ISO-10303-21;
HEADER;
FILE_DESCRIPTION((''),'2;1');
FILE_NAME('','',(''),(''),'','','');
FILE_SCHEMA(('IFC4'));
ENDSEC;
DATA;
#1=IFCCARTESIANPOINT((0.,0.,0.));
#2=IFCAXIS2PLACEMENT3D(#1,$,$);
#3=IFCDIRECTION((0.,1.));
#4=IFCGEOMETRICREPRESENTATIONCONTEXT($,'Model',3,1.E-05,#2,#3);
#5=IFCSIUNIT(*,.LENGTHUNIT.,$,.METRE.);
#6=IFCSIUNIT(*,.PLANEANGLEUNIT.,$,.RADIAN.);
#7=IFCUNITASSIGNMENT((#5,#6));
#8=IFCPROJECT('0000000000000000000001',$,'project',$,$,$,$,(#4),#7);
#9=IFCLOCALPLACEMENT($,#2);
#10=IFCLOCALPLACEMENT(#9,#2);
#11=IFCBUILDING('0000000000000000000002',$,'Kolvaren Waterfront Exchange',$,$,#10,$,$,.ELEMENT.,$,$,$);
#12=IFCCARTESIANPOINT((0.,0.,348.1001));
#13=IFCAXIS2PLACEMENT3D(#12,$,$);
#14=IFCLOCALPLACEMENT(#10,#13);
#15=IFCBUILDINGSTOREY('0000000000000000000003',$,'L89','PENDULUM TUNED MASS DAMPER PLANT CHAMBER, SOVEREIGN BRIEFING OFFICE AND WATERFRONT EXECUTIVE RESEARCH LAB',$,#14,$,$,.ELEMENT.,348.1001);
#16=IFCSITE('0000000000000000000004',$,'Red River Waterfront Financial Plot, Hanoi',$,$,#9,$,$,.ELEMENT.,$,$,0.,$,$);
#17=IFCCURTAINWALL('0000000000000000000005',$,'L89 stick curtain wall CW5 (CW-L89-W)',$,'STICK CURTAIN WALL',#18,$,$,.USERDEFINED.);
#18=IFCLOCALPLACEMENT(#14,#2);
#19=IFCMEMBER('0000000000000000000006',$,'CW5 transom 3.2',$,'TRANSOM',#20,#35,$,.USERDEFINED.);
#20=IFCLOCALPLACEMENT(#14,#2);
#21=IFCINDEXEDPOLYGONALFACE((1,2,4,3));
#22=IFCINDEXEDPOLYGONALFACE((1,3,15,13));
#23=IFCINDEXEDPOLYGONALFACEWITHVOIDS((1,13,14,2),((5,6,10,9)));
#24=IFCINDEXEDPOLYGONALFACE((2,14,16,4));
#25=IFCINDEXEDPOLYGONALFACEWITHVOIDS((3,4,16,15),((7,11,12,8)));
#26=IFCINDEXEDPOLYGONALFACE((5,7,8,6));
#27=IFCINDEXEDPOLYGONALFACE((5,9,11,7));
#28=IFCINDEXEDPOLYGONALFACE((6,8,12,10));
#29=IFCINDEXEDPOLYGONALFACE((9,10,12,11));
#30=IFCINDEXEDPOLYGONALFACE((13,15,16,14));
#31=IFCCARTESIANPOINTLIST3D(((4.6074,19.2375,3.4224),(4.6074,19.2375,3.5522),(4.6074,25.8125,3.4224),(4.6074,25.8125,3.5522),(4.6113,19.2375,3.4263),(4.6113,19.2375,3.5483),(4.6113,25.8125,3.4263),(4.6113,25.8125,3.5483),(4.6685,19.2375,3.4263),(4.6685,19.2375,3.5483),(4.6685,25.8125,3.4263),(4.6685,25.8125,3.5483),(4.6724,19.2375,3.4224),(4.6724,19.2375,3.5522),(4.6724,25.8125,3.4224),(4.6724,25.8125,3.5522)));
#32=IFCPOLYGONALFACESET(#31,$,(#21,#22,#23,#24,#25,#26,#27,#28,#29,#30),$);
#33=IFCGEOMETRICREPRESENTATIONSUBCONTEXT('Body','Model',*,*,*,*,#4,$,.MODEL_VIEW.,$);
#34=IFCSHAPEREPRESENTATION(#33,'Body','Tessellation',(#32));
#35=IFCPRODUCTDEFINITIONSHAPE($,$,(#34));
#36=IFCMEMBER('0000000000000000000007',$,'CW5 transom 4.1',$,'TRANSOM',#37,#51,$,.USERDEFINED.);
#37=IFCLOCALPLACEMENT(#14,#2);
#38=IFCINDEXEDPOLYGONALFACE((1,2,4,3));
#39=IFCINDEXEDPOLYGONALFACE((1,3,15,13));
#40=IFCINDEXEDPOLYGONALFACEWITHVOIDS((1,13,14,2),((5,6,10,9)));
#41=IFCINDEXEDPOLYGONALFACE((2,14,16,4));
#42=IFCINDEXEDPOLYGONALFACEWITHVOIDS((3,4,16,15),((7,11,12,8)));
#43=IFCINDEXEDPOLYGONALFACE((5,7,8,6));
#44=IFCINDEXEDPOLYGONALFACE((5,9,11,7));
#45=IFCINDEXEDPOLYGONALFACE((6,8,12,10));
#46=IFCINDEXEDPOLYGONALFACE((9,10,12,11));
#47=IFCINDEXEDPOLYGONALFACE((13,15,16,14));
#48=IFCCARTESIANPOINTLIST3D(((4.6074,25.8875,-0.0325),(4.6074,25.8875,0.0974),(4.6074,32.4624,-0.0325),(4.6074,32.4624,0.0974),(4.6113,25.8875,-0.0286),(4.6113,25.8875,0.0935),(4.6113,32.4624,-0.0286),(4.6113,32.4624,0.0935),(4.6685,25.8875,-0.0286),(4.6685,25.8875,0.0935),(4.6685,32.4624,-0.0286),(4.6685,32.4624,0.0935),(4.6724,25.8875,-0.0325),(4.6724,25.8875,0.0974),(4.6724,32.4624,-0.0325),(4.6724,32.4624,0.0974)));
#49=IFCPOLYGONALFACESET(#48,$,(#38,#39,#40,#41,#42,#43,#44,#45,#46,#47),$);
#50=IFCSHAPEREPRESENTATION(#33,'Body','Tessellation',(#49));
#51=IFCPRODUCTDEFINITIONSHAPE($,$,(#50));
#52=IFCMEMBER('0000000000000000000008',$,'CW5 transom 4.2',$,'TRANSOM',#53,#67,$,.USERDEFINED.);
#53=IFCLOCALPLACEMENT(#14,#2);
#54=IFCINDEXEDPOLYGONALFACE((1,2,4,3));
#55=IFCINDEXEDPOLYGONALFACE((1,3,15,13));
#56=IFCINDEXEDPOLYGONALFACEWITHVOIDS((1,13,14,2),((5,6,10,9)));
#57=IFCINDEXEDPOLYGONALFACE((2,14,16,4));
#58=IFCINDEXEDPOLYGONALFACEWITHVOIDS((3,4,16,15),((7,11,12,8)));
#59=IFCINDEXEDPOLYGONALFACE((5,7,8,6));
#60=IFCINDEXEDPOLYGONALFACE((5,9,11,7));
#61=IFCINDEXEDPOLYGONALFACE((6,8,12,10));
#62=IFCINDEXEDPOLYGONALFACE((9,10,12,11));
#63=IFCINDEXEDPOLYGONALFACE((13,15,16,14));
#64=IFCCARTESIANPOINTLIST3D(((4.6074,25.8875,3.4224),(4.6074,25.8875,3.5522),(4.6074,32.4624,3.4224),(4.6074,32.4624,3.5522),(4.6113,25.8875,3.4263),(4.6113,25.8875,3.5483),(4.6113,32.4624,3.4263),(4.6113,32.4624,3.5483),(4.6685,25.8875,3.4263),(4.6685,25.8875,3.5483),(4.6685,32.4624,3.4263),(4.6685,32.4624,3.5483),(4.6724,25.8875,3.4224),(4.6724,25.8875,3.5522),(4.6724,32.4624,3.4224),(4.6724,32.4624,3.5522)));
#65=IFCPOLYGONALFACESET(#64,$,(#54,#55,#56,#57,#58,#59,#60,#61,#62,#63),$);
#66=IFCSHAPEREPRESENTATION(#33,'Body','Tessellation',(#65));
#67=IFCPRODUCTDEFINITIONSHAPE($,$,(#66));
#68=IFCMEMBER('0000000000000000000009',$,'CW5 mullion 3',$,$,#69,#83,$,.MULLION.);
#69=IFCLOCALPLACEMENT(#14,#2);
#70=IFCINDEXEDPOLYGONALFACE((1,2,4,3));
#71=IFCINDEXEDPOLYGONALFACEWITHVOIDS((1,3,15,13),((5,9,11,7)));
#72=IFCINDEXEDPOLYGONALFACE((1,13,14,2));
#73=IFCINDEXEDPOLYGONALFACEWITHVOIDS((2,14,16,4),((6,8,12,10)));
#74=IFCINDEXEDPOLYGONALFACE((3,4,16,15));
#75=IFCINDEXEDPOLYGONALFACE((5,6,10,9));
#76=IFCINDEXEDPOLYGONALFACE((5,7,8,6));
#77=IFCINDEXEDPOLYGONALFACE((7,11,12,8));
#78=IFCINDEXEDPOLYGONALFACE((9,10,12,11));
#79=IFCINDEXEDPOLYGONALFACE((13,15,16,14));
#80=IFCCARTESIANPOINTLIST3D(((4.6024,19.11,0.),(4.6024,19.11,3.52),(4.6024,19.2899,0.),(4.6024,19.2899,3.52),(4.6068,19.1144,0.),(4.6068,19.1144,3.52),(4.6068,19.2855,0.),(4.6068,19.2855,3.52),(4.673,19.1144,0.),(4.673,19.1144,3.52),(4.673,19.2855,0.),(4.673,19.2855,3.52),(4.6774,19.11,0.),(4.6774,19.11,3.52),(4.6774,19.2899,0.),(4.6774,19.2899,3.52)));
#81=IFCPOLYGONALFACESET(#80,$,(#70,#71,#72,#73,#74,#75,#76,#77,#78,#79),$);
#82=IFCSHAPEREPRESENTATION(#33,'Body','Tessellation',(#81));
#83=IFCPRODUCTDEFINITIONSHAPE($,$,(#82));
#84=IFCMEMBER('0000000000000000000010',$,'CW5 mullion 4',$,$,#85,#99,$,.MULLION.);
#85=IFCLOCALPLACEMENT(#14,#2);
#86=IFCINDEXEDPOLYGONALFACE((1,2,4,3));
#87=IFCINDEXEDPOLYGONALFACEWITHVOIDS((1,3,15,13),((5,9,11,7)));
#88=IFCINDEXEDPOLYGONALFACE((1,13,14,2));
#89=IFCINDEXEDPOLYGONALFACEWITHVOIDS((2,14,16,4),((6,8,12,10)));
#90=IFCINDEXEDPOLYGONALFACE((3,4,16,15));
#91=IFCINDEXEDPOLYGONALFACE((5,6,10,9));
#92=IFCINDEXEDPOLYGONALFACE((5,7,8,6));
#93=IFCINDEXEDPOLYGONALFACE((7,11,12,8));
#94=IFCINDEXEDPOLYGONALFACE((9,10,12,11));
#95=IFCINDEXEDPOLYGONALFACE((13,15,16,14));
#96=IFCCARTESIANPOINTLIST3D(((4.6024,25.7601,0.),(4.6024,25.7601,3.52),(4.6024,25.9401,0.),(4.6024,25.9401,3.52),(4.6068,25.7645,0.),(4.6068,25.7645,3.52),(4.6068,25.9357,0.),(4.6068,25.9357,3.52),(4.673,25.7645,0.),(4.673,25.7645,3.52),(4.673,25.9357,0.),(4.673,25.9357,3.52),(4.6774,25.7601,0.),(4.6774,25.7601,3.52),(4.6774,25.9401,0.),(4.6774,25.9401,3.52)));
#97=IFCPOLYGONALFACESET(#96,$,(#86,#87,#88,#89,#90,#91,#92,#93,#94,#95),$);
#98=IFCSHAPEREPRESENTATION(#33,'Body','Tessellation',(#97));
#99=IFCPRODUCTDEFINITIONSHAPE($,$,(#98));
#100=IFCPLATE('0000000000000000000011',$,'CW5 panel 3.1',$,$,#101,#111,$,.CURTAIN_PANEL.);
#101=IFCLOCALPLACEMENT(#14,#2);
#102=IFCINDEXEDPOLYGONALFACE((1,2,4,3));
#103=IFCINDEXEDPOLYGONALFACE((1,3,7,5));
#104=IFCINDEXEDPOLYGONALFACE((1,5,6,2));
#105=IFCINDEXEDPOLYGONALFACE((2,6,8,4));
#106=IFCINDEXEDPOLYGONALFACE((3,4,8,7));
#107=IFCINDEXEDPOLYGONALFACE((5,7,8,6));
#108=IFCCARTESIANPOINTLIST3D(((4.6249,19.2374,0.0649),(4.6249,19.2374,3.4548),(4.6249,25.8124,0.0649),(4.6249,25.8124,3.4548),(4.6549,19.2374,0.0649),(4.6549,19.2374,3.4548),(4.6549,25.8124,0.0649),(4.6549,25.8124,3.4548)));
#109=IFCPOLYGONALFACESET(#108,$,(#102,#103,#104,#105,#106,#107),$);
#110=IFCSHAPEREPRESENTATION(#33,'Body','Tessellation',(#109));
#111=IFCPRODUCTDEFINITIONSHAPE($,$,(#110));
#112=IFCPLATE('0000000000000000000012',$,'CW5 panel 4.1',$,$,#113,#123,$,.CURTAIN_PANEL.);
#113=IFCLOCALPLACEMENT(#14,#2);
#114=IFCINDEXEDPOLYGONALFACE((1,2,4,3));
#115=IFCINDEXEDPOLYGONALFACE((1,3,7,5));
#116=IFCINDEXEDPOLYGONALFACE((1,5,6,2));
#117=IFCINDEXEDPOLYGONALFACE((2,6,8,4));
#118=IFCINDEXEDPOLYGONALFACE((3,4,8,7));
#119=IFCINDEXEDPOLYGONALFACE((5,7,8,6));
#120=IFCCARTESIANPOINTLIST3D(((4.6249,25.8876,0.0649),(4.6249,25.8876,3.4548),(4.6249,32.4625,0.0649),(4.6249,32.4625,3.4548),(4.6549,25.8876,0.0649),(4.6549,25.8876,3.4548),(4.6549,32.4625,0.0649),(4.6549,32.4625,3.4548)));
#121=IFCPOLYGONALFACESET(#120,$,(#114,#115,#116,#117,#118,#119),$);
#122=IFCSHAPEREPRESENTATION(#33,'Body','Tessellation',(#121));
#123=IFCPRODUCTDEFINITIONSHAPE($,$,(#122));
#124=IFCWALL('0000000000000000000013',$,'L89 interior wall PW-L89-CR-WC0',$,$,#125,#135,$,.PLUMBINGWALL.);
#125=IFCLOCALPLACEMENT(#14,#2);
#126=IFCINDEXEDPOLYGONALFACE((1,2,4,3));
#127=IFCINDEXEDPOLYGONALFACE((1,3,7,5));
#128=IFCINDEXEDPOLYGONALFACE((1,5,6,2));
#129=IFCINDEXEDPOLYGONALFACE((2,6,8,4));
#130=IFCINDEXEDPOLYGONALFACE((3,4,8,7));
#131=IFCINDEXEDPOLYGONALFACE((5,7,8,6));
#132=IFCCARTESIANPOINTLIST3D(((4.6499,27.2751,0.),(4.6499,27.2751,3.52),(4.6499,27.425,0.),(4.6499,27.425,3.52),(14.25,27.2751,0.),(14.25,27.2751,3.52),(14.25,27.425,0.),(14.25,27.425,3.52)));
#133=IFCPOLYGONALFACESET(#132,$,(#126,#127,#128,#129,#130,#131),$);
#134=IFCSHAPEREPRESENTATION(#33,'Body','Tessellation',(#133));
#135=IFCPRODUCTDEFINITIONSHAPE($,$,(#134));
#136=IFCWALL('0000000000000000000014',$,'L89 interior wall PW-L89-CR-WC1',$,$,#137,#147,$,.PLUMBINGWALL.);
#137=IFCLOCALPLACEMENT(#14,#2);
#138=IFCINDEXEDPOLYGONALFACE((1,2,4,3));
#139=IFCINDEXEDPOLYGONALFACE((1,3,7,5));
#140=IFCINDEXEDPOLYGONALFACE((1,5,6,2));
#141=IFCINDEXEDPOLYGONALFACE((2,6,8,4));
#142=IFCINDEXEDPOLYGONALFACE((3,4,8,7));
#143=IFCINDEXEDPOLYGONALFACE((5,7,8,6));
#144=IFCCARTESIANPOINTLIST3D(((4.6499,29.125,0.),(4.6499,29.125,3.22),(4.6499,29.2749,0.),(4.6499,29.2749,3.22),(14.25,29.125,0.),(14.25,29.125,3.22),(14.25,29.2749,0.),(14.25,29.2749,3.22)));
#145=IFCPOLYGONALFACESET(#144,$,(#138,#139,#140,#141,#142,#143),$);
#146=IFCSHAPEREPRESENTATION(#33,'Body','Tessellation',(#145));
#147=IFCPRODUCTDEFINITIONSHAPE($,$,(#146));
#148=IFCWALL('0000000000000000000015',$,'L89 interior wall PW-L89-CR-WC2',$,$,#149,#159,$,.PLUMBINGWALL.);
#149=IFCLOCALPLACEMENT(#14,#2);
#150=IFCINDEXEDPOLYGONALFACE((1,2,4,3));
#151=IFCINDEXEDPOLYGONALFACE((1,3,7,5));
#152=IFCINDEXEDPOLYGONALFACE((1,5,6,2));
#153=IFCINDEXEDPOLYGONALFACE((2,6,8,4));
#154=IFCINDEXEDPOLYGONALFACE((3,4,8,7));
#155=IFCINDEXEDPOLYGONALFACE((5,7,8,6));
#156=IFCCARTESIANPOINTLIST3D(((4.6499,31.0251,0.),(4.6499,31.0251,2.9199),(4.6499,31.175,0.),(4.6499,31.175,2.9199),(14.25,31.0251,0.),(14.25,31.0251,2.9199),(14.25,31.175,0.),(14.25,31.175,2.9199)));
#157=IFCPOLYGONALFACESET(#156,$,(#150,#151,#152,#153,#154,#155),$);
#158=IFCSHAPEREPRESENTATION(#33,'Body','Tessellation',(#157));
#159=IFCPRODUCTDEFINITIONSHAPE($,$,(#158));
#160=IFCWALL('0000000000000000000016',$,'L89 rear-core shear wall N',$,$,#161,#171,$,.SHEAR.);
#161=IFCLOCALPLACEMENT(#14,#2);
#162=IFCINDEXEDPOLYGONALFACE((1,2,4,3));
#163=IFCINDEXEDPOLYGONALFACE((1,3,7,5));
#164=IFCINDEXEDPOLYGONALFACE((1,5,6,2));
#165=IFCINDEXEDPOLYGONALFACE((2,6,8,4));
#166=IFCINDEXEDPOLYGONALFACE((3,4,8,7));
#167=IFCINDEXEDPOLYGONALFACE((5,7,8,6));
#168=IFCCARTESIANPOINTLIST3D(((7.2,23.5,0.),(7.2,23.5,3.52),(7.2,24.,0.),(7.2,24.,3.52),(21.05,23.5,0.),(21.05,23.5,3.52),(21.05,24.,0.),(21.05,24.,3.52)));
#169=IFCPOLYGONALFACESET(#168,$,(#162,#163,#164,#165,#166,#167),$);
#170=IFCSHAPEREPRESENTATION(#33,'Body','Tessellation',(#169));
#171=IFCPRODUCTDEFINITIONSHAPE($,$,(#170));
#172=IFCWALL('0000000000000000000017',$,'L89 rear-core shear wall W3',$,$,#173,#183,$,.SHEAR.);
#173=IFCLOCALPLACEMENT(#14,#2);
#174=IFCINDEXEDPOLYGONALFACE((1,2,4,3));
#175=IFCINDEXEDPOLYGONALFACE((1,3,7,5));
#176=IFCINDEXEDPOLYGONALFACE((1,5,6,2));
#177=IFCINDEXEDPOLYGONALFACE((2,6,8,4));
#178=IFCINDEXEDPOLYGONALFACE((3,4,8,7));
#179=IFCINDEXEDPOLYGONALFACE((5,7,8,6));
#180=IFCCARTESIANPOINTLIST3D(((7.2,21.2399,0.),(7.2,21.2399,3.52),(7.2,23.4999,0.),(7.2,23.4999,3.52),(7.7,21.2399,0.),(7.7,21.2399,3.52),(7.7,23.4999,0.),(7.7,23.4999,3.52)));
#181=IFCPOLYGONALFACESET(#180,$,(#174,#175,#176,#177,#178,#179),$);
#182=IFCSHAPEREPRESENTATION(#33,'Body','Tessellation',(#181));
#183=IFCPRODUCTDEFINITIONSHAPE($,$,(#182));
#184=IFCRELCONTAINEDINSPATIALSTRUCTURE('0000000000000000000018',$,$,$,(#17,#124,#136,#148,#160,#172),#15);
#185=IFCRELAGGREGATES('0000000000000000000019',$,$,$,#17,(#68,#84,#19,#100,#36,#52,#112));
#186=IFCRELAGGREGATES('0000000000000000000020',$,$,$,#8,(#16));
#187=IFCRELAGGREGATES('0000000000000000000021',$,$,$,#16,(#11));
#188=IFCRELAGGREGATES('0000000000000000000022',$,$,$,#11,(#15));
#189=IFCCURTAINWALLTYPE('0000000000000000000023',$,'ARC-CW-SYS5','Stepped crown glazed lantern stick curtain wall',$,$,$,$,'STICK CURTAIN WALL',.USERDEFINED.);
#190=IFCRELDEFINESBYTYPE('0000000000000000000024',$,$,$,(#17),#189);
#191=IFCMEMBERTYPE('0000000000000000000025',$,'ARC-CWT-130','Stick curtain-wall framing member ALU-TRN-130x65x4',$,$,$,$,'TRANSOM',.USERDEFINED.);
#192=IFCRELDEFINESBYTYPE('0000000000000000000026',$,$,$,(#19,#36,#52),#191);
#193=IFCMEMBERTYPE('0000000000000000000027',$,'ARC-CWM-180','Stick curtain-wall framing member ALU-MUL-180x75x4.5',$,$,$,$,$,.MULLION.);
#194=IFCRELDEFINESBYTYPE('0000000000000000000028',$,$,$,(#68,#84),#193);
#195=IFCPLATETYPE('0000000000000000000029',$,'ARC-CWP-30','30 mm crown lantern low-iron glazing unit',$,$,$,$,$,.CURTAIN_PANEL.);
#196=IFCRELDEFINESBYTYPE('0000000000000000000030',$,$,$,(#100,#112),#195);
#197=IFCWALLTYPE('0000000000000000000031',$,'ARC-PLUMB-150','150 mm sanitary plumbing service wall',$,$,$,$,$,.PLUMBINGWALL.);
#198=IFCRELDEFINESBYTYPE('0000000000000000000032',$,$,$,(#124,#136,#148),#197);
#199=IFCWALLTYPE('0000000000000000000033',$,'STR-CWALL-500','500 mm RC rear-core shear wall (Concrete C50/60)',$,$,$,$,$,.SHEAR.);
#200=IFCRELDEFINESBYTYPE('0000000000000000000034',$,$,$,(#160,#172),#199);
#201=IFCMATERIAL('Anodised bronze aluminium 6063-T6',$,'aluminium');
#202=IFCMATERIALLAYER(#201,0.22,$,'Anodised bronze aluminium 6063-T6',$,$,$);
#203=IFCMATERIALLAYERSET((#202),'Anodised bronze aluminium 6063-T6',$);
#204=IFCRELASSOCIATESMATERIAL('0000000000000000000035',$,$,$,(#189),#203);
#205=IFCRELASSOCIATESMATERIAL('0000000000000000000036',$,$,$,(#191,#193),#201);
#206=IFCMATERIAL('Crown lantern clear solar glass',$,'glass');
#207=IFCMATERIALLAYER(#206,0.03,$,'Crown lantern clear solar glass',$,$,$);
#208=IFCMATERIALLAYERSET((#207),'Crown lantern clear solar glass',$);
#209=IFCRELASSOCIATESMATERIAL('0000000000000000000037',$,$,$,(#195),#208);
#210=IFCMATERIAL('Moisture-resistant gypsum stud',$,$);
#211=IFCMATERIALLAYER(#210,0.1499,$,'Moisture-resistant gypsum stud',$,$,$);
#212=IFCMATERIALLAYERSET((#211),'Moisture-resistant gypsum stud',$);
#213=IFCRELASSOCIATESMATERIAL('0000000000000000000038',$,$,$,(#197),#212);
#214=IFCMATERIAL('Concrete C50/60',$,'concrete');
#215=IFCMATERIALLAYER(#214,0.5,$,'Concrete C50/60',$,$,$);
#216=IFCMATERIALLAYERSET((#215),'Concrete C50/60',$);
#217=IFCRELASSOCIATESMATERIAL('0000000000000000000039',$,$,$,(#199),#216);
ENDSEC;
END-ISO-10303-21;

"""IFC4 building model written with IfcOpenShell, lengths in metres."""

from ifc_helpers import new_model, si_unit, direction, frame, frame_2d, origin, origin_with_axes, origin_2d, place, context, subcontext, project, spatial, rectangle, hollow_rectangle, extrude, source, transform, mapped, material, layer, layer_set, material_profile, profile_set, type_object, element, aggregate, save


model = new_model("IFC4")

# Units and contexts
model_context = context("Model", 3, precision=1e-05, world=origin(), true_north=direction((0.0, 1.0)))
body_context = subcontext(model_context, "Body", "Model", "MODEL_VIEW")
ifc_project = project(units=[si_unit("LENGTHUNIT", "METRE"), si_unit("PLANEANGLEUNIT", "RADIAN")], contexts=[model_context])

# Site, building, storey
site_placement = place(None, origin())
site = spatial("IfcSite", under=ifc_project, at=site_placement, Name="Red River Waterfront Financial Plot, Hanoi", CompositionType="ELEMENT", RefElevation=0.0)
building_placement = place(site_placement, origin())
building = spatial("IfcBuilding", under=site, at=building_placement, Name="Kolvaren Waterfront Exchange", CompositionType="ELEMENT")
storey_placement = place(building_placement, frame((0.0, 0.0, 348.1001)))
storey = spatial("IfcBuildingStorey", under=building, at=storey_placement, Name="L89", Description="PENDULUM TUNED MASS DAMPER PLANT CHAMBER, SOVEREIGN BRIEFING OFFICE AND WATERFRONT EXECUTIVE RESEARCH LAB", CompositionType="ELEMENT", Elevation=348.1001)

# Shared definitions
ifc_material_1 = material(Name="Concrete C50/60", Category="concrete")

# Curtain wall, members, plates
ifc_material_2 = material(Name="Anodised bronze aluminium 6063-T6", Category="aluminium")
ifc_layer_1 = layer(ifc_material_2, 0.22, Name="Anodised bronze aluminium 6063-T6")
ifc_layer_set_1 = layer_set([ifc_layer_1], Name="Anodised bronze aluminium 6063-T6")
curtain_wall_type = type_object("IfcCurtainWallType", Name="ARC-CW-SYS5", Description="Stepped crown glazed lantern stick curtain wall", ElementType="STICK CURTAIN WALL", PredefinedType="USERDEFINED", material=ifc_layer_set_1)
curtain_wall_placement = place(storey_placement, origin())
curtain_wall = element("IfcCurtainWall", 1, at=curtain_wall_placement, inside=storey, type_object=curtain_wall_type, Name="L89 stick curtain wall CW5 (CW-L89-W)", ObjectType="STICK CURTAIN WALL", PredefinedType="USERDEFINED")
ifc_material_profile_1 = material_profile(ifc_material_2, hollow_rectangle(XDim=0.0649, YDim=0.1299, WallThickness=0.0039, at=origin_2d()), Name="ALU-TRN-130x65x4")
ifc_profile_set_1 = profile_set([ifc_material_profile_1], Name="Anodised bronze aluminium 6063-T6")
member_type_1 = type_object("IfcMemberType", Name="ARC-CWT-130", Description="Stick curtain-wall framing member ALU-TRN-130x65x4", ElementType="TRANSOM", PredefinedType="USERDEFINED", material=ifc_profile_set_1)
shared_shape_1 = source(origin_with_axes(), body_context, "Body", "SweptSolid", [
    extrude(hollow_rectangle(XDim=0.0649, YDim=0.1299, WallThickness=0.0039, at=origin_2d()), origin(), (0.0, 0.0, 1.0), 6.575),
])
member_1_placement = place(storey_placement, frame((4.6399, 19.2375, 3.4873), z_axis=(0.0, 1.0, 0.0), x_axis=(-1.0, 0.0, 0.0)))
member_1 = element("IfcMember", 2, at=member_1_placement, type_object=member_type_1, Name="CW5 transom 3.2", ObjectType="TRANSOM", PredefinedType="USERDEFINED", context=body_context, shape_type="MappedRepresentation", body=[
    mapped(shared_shape_1, transform((0.0, 0.0, 0.0), x_axis=(1.0, 0.0, 0.0), y_axis=(0.0, 1.0, 0.0), z_axis=(0.0, 0.0, 1.0), scale=1.0)),
])
member_2_placement = place(storey_placement, frame((4.6399, 25.8875, 0.0325), z_axis=(0.0, 1.0, 0.0), x_axis=(-1.0, 0.0, 0.0)))
member_2 = element("IfcMember", 3, at=member_2_placement, type_object=member_type_1, Name="CW5 transom 4.1", ObjectType="TRANSOM", PredefinedType="USERDEFINED", context=body_context, shape_type="MappedRepresentation", body=[
    mapped(shared_shape_1, transform((0.0, 0.0, 0.0), x_axis=(1.0, 0.0, 0.0), y_axis=(0.0, 1.0, 0.0), z_axis=(0.0, 0.0, 1.0), scale=1.0)),
])
member_3_placement = place(storey_placement, frame((4.6399, 25.8875, 3.4873), z_axis=(0.0, 1.0, 0.0), x_axis=(-1.0, 0.0, 0.0)))
member_3 = element("IfcMember", 4, at=member_3_placement, type_object=member_type_1, Name="CW5 transom 4.2", ObjectType="TRANSOM", PredefinedType="USERDEFINED", context=body_context, shape_type="MappedRepresentation", body=[
    mapped(shared_shape_1, transform((0.0, 0.0, 0.0), x_axis=(1.0, 0.0, 0.0), y_axis=(0.0, 1.0, 0.0), z_axis=(0.0, 0.0, 1.0), scale=1.0)),
])
ifc_material_profile_2 = material_profile(ifc_material_2, hollow_rectangle(XDim=0.075, YDim=0.1799, WallThickness=0.0044, at=origin_2d()), Name="ALU-MUL-180x75x4.5")
ifc_profile_set_2 = profile_set([ifc_material_profile_2], Name="Anodised bronze aluminium 6063-T6")
member_type_2 = type_object("IfcMemberType", Name="ARC-CWM-180", Description="Stick curtain-wall framing member ALU-MUL-180x75x4.5", PredefinedType="MULLION", material=ifc_profile_set_2)
shared_shape_2 = source(origin_with_axes(), body_context, "Body", "SweptSolid", [
    extrude(hollow_rectangle(XDim=0.075, YDim=0.1799, WallThickness=0.0044, at=origin_2d()), origin(), (0.0, 0.0, 1.0), 3.52),
])
member_4_placement = place(storey_placement, frame((4.6399, 19.2, 0.0), z_axis=(0.0, 0.0, 1.0), x_axis=(-1.0, 0.0, 0.0)))
member_4 = element("IfcMember", 5, at=member_4_placement, type_object=member_type_2, Name="CW5 mullion 3", PredefinedType="MULLION", context=body_context, shape_type="MappedRepresentation", body=[
    mapped(shared_shape_2, transform((0.0, 0.0, 0.0), x_axis=(1.0, 0.0, 0.0), y_axis=(0.0, 1.0, 0.0), z_axis=(0.0, 0.0, 1.0), scale=1.0)),
])
member_5_placement = place(storey_placement, frame((4.6399, 25.8501, 0.0), z_axis=(0.0, 0.0, 1.0), x_axis=(-1.0, 0.0, 0.0)))
member_5 = element("IfcMember", 6, at=member_5_placement, type_object=member_type_2, Name="CW5 mullion 4", PredefinedType="MULLION", context=body_context, shape_type="MappedRepresentation", body=[
    mapped(shared_shape_2, transform((0.0, 0.0, 0.0), x_axis=(1.0, 0.0, 0.0), y_axis=(0.0, 1.0, 0.0), z_axis=(0.0, 0.0, 1.0), scale=1.0)),
])
ifc_material_3 = material(Name="Crown lantern clear solar glass", Category="glass")
ifc_layer_2 = layer(ifc_material_3, 0.03, Name="Crown lantern clear solar glass")
ifc_layer_set_2 = layer_set([ifc_layer_2], Name="Crown lantern clear solar glass")
plate_type = type_object("IfcPlateType", Name="ARC-CWP-30", Description="30 mm crown lantern low-iron glazing unit", PredefinedType="CURTAIN_PANEL", material=ifc_layer_set_2)
shared_shape_3 = source(origin_with_axes(), body_context, "Body", "SweptSolid", [
    extrude(rectangle(XDim=6.575, YDim=0.03, at=origin_2d()), origin(), (0.0, 0.0, 1.0), 3.3899),
])
plate_1_placement = place(storey_placement, frame((4.6399, 22.5249, 0.0649), z_axis=(0.0, 0.0, 1.0), x_axis=(0.0, 1.0, 0.0)))
plate_1 = element("IfcPlate", 7, at=plate_1_placement, type_object=plate_type, Name="CW5 panel 3.1", PredefinedType="CURTAIN_PANEL", context=body_context, shape_type="MappedRepresentation", body=[
    mapped(shared_shape_3, transform((0.0, 0.0, 0.0), x_axis=(1.0, 0.0, 0.0), y_axis=(0.0, 1.0, 0.0), z_axis=(0.0, 0.0, 1.0), scale=1.0)),
])
plate_2_placement = place(storey_placement, frame((4.6399, 29.175, 0.0649), z_axis=(0.0, 0.0, 1.0), x_axis=(0.0, 1.0, 0.0)))
plate_2 = element("IfcPlate", 8, at=plate_2_placement, type_object=plate_type, Name="CW5 panel 4.1", PredefinedType="CURTAIN_PANEL", context=body_context, shape_type="MappedRepresentation", body=[
    mapped(shared_shape_3, transform((0.0, 0.0, 0.0), x_axis=(1.0, 0.0, 0.0), y_axis=(0.0, 1.0, 0.0), z_axis=(0.0, 0.0, 1.0), scale=1.0)),
])
aggregate(curtain_wall, [member_4, member_5, member_1, plate_1, member_2, member_3, plate_2])

# Walls
ifc_material_4 = material(Name="Moisture-resistant gypsum stud")
ifc_layer_3 = layer(ifc_material_4, 0.1499, Name="Moisture-resistant gypsum stud")
ifc_layer_set_3 = layer_set([ifc_layer_3], Name="Moisture-resistant gypsum stud")
wall_type_1 = type_object("IfcWallType", Name="ARC-PLUMB-150", Description="150 mm sanitary plumbing service wall", PredefinedType="PLUMBINGWALL", material=ifc_layer_set_3)
wall_1_placement = place(storey_placement, frame((4.6499, 27.3501, 0.0), z_axis=(0.0, 0.0, 1.0), x_axis=(1.0, 0.0, 0.0)))
element("IfcWall", 9, at=wall_1_placement, inside=storey, type_object=wall_type_1, Name="L89 interior wall PW-L89-CR-WC0", PredefinedType="PLUMBINGWALL", context=body_context, shape_type="SweptSolid", body=[
    extrude(rectangle(XDim=9.6001, YDim=0.1499, at=frame_2d((4.8, 0.0))), origin(), (0.0, 0.0, 1.0), 3.52),
])
wall_2_placement = place(storey_placement, frame((4.6499, 29.2, 0.0), z_axis=(0.0, 0.0, 1.0), x_axis=(1.0, 0.0, 0.0)))
element("IfcWall", 10, at=wall_2_placement, inside=storey, type_object=wall_type_1, Name="L89 interior wall PW-L89-CR-WC1", PredefinedType="PLUMBINGWALL", context=body_context, shape_type="SweptSolid", body=[
    extrude(rectangle(XDim=9.6001, YDim=0.1499, at=frame_2d((4.8, 0.0))), origin(), (0.0, 0.0, 1.0), 3.22),
])
wall_3_placement = place(storey_placement, frame((4.6499, 31.1001, 0.0), z_axis=(0.0, 0.0, 1.0), x_axis=(1.0, 0.0, 0.0)))
element("IfcWall", 11, at=wall_3_placement, inside=storey, type_object=wall_type_1, Name="L89 interior wall PW-L89-CR-WC2", PredefinedType="PLUMBINGWALL", context=body_context, shape_type="SweptSolid", body=[
    extrude(rectangle(XDim=9.6001, YDim=0.1499, at=frame_2d((4.8, 0.0))), origin(), (0.0, 0.0, 1.0), 2.9199),
])
ifc_layer_4 = layer(ifc_material_1, 0.5, Name="Concrete C50/60")
ifc_layer_set_4 = layer_set([ifc_layer_4], Name="Concrete C50/60")
wall_type_2 = type_object("IfcWallType", Name="STR-CWALL-500", Description="500 mm RC rear-core shear wall (Concrete C50/60)", PredefinedType="SHEAR", material=ifc_layer_set_4)
wall_4_placement = place(storey_placement, frame((7.2, 23.75, 0.0), z_axis=(0.0, 0.0, 1.0), x_axis=(1.0, 0.0, 0.0)))
element("IfcWall", 12, at=wall_4_placement, inside=storey, type_object=wall_type_2, Name="L89 rear-core shear wall N", PredefinedType="SHEAR", context=body_context, shape_type="SweptSolid", body=[
    extrude(rectangle(XDim=13.8501, YDim=0.5, at=frame_2d((6.925, 0.0))), origin(), (0.0, 0.0, 1.0), 3.52),
])
wall_5_placement = place(storey_placement, frame((7.45, 21.24, 0.0), z_axis=(0.0, 0.0, 1.0), x_axis=(0.0, 1.0, 0.0)))
element("IfcWall", 13, at=wall_5_placement, inside=storey, type_object=wall_type_2, Name="L89 rear-core shear wall W3", PredefinedType="SHEAR", context=body_context, shape_type="SweptSolid", body=[
    extrude(rectangle(XDim=2.26, YDim=0.5, at=frame_2d((1.1299, 0.0))), origin(), (0.0, 0.0, 1.0), 3.52),
])

save(model, "model.ifc")
